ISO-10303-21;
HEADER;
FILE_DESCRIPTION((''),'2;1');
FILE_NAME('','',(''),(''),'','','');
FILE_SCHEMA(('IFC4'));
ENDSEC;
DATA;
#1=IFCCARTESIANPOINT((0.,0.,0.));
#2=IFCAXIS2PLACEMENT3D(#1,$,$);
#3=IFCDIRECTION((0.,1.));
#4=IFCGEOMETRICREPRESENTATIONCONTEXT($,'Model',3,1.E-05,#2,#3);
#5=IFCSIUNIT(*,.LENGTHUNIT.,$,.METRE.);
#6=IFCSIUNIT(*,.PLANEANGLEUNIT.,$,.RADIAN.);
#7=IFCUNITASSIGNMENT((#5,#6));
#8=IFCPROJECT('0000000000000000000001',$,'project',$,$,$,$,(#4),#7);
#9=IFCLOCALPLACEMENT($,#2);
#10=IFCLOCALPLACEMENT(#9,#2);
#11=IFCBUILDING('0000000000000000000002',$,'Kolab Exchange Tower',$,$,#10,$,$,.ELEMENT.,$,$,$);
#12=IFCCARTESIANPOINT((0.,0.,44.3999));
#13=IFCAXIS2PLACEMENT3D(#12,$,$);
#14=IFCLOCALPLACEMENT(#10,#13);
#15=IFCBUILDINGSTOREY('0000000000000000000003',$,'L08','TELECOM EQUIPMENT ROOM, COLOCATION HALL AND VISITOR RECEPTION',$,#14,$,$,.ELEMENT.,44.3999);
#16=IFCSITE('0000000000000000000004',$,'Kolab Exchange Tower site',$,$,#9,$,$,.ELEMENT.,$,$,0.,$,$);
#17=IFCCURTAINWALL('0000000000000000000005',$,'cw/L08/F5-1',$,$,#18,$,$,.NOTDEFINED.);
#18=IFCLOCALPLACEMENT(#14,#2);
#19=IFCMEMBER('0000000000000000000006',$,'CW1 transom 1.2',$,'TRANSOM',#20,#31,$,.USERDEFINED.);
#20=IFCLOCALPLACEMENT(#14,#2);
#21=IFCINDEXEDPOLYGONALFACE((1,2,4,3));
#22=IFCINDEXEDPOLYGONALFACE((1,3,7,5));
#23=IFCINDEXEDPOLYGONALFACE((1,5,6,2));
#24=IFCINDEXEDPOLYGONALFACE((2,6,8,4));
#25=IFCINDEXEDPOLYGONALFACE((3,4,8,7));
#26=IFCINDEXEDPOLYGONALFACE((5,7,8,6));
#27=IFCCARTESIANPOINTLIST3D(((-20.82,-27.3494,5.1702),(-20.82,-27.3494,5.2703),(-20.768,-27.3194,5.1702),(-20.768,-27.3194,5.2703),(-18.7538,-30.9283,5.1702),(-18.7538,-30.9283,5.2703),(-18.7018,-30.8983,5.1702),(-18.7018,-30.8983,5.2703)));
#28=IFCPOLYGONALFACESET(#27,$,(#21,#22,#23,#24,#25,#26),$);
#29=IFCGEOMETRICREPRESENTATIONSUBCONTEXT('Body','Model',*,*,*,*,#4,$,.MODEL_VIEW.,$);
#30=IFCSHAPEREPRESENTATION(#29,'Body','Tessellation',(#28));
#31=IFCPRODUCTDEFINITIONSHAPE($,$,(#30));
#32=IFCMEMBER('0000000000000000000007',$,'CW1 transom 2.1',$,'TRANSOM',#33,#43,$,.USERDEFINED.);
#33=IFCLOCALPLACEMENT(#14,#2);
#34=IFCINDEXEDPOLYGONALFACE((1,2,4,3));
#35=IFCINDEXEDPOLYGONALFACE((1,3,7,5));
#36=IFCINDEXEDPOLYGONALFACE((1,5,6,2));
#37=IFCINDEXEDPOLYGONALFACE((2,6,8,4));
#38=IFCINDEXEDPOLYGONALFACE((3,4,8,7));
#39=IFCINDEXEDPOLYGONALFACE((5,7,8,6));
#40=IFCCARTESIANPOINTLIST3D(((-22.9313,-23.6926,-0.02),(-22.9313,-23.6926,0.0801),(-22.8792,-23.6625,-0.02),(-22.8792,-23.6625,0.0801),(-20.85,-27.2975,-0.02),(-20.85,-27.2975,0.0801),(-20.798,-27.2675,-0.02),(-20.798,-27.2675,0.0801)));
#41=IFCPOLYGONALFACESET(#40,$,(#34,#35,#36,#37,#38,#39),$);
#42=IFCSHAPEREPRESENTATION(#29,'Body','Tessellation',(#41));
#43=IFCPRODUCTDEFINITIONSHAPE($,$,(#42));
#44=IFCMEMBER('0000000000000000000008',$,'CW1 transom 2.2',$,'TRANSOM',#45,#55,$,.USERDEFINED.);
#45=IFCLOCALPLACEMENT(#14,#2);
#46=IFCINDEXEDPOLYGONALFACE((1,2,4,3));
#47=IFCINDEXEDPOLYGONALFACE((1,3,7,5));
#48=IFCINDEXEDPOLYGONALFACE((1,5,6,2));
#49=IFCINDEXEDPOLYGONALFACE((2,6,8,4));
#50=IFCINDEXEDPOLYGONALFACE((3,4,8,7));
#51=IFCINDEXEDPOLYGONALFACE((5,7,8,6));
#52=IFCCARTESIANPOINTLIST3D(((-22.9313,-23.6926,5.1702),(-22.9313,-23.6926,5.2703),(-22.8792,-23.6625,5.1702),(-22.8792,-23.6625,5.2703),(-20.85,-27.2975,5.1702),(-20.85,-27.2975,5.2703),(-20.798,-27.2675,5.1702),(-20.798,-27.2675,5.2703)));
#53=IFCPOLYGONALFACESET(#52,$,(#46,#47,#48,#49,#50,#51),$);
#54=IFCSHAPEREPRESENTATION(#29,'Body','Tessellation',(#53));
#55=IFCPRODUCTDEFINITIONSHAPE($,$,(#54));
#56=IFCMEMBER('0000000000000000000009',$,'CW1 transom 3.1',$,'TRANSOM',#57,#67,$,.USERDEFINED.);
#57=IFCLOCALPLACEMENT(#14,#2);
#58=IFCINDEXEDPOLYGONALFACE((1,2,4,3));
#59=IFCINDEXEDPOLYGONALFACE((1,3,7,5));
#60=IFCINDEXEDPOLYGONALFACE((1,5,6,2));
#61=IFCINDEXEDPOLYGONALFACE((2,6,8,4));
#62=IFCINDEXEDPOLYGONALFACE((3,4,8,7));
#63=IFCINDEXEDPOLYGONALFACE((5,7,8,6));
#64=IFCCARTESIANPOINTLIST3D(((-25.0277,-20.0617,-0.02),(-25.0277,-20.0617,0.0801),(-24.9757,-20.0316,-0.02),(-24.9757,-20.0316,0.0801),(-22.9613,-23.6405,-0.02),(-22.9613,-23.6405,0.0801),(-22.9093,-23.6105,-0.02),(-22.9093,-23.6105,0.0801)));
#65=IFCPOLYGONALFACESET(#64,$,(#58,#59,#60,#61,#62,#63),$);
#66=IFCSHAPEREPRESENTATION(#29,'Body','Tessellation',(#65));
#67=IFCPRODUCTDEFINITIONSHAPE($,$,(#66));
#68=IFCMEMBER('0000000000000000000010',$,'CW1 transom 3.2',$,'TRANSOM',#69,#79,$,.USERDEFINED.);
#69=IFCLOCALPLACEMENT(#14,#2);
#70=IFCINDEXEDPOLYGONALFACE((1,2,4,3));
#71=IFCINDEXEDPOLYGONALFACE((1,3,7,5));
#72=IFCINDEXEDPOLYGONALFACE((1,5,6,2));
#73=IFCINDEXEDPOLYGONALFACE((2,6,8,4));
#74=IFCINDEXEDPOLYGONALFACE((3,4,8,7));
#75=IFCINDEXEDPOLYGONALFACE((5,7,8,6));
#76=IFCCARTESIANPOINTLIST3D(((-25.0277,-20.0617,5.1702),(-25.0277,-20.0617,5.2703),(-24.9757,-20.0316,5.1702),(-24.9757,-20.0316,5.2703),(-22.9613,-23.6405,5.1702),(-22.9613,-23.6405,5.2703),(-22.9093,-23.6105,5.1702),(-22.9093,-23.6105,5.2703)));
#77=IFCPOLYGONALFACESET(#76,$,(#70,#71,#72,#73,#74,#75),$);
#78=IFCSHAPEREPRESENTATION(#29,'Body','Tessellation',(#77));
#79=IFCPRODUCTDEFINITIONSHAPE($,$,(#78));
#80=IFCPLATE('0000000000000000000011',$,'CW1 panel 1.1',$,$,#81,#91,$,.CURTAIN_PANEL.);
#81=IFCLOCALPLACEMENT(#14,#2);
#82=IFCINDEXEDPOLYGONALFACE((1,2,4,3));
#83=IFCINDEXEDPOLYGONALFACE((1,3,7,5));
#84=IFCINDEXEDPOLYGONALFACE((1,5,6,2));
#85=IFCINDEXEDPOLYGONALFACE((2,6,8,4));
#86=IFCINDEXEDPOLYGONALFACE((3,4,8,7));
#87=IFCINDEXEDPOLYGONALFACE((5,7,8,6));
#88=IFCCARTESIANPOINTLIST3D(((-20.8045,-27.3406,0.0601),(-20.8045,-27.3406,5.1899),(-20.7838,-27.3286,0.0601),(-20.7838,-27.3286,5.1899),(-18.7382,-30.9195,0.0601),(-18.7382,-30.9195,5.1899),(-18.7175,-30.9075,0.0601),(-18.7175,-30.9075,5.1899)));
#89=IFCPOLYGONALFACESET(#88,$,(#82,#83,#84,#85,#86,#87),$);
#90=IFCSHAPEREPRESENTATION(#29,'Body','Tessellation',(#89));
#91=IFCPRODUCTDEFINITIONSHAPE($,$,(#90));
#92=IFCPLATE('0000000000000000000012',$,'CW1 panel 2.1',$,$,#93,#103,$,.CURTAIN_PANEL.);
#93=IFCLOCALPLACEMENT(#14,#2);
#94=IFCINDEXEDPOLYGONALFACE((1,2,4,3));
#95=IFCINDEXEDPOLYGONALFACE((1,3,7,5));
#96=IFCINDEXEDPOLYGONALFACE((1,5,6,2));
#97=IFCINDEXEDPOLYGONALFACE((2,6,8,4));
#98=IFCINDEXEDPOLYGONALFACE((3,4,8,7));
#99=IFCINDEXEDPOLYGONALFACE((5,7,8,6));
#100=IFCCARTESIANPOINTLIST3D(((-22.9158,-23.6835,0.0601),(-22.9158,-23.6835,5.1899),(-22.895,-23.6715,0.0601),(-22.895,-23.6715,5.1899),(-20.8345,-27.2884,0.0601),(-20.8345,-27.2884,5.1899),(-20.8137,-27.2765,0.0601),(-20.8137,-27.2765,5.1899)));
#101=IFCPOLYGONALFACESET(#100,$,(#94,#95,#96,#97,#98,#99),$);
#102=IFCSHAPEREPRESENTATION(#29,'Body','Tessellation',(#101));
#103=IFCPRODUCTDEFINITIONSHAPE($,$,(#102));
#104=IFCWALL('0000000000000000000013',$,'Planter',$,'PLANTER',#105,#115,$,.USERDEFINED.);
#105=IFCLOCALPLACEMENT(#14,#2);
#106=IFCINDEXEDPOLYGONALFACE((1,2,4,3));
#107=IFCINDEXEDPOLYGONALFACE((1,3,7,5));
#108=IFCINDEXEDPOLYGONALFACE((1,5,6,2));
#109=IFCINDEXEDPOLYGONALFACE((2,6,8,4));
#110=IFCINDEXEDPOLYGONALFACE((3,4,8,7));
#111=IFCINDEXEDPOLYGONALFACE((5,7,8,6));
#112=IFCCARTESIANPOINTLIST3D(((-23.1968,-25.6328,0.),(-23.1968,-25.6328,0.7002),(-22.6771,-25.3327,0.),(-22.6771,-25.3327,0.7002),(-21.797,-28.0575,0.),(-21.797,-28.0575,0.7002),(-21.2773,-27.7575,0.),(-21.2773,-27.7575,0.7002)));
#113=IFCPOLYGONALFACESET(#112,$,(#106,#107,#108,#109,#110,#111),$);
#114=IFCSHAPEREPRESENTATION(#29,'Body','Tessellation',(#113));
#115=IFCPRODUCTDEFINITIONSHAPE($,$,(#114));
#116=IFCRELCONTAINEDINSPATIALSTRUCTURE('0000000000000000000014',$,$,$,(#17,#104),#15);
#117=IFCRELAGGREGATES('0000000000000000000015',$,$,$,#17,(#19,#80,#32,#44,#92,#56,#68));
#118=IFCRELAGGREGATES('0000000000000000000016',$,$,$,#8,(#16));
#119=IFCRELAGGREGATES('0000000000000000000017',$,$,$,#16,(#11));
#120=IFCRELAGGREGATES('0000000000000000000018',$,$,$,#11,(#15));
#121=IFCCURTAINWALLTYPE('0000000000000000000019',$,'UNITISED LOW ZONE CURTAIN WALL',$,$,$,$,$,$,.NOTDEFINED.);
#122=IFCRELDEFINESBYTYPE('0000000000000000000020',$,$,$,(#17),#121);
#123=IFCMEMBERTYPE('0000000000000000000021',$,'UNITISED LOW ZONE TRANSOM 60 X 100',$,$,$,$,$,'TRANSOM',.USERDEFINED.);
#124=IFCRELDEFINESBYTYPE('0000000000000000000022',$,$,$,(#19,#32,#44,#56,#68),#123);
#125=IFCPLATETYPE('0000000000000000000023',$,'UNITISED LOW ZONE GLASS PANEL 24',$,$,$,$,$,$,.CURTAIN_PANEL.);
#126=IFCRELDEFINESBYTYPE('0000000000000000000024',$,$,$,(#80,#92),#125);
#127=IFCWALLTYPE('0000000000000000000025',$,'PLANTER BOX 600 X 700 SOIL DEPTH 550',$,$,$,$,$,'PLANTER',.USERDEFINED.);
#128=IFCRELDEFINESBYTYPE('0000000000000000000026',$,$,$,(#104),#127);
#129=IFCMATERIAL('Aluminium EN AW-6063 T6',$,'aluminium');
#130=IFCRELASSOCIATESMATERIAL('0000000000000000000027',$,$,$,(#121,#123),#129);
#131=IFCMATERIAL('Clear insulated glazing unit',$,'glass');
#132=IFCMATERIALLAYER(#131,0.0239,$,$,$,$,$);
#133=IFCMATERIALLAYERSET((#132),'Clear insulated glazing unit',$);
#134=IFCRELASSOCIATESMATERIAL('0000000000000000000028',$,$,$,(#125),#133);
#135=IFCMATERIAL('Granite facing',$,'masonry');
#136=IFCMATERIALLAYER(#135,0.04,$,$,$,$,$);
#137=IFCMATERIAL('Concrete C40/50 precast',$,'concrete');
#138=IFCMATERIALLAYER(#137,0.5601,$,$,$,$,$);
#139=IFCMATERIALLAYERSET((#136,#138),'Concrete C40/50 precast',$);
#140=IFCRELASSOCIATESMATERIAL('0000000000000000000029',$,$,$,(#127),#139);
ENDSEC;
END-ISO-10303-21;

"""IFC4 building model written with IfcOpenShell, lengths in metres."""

from ifc_helpers import new_model, si_unit, direction, frame, frame_2d, origin, origin_2d, place, context, subcontext, project, spatial, rectangle, extrude, material, layer, layer_set, material_profile, profile_set, type_object, element, aggregate, save


model = new_model("IFC4")

# Units and contexts
model_context = context("Model", 3, precision=1e-05, world=origin(), true_north=direction((0.0, 1.0)))
body_context = subcontext(model_context, "Body", "Model", "MODEL_VIEW")
ifc_project = project(units=[si_unit("LENGTHUNIT", "METRE"), si_unit("PLANEANGLEUNIT", "RADIAN")], contexts=[model_context])

# Site, building, storey
site_placement = place(None, origin())
site = spatial("IfcSite", under=ifc_project, at=site_placement, Name="Kolab Exchange Tower site", CompositionType="ELEMENT", RefElevation=0.0)
building_placement = place(site_placement, origin())
building = spatial("IfcBuilding", under=site, at=building_placement, Name="Kolab Exchange Tower", CompositionType="ELEMENT")
storey_placement = place(building_placement, frame((0.0, 0.0, 44.3999)))
storey = spatial("IfcBuildingStorey", under=building, at=storey_placement, Name="L08", Description="TELECOM EQUIPMENT ROOM, COLOCATION HALL AND VISITOR RECEPTION", CompositionType="ELEMENT", Elevation=44.3999)

# Curtain wall
ifc_material_1 = material(Name="Aluminium EN AW-6063 T6", Category="aluminium")
curtain_wall_type = type_object("IfcCurtainWallType", Name="UNITISED LOW ZONE CURTAIN WALL", PredefinedType="NOTDEFINED", material=ifc_material_1)
curtain_wall_1_placement = place(storey_placement, origin())
curtain_wall_1 = element("IfcCurtainWall", 1, at=curtain_wall_1_placement, inside=storey, type_object=curtain_wall_type, Name="cw/L08/F5-1", PredefinedType="NOTDEFINED")

# Members
ifc_material_profile_1 = material_profile(ifc_material_1, rectangle(XDim=0.0601, YDim=0.1001, at=origin_2d()), Name="RECT 60X100")
ifc_profile_set_1 = profile_set([ifc_material_profile_1], Name="Aluminium EN AW-6063 T6")
member_type_1 = type_object("IfcMemberType", Name="UNITISED LOW ZONE TRANSOM 60 X 100", ElementType="TRANSOM", PredefinedType="USERDEFINED", material=ifc_profile_set_1)
member_1_placement = place(storey_placement, frame((-18.7278, -30.9133, 5.2202), z_axis=(-0.499983, 0.866035, 0.0), x_axis=(-0.866035, -0.499983, 0.0)))
member_1 = element("IfcMember", 2, at=member_1_placement, type_object=member_type_1, Name="CW1 transom 1.2", ObjectType="TRANSOM", PredefinedType="USERDEFINED", context=body_context, shape_type="SweptSolid", body=[
    extrude(rectangle(XDim=0.0601, YDim=0.1001, at=origin_2d()), origin(), (0.0, 0.0, 1.0), 4.1326),
])
member_2_placement = place(storey_placement, frame((-20.824, -27.2825, 0.03), z_axis=(-0.499993, 0.866029, 0.0), x_axis=(-0.866029, -0.499993, 0.0)))
member_2 = element("IfcMember", 3, at=member_2_placement, type_object=member_type_1, Name="CW1 transom 2.1", ObjectType="TRANSOM", PredefinedType="USERDEFINED", context=body_context, shape_type="SweptSolid", body=[
    extrude(rectangle(XDim=0.0601, YDim=0.1001, at=origin_2d()), origin(), (0.0, 0.0, 1.0), 4.1626),
])
member_3_placement = place(storey_placement, frame((-20.824, -27.2825, 5.2202), z_axis=(-0.499993, 0.866029, 0.0), x_axis=(-0.866029, -0.499993, 0.0)))
member_3 = element("IfcMember", 4, at=member_3_placement, type_object=member_type_1, Name="CW1 transom 2.2", ObjectType="TRANSOM", PredefinedType="USERDEFINED", context=body_context, shape_type="SweptSolid", body=[
    extrude(rectangle(XDim=0.0601, YDim=0.1001, at=origin_2d()), origin(), (0.0, 0.0, 1.0), 4.1626),
])
member_4_placement = place(storey_placement, frame((-22.9353, -23.6255, 0.03), z_axis=(-0.500028, 0.866009, 0.0), x_axis=(-0.866009, -0.500028, 0.0)))
member_4 = element("IfcMember", 5, at=member_4_placement, type_object=member_type_1, Name="CW1 transom 3.1", ObjectType="TRANSOM", PredefinedType="USERDEFINED", context=body_context, shape_type="SweptSolid", body=[
    extrude(rectangle(XDim=0.0601, YDim=0.1001, at=origin_2d()), origin(), (0.0, 0.0, 1.0), 4.1326),
])
member_5_placement = place(storey_placement, frame((-22.9353, -23.6255, 5.2202), z_axis=(-0.500028, 0.866009, 0.0), x_axis=(-0.866009, -0.500028, 0.0)))
member_5 = element("IfcMember", 6, at=member_5_placement, type_object=member_type_1, Name="CW1 transom 3.2", ObjectType="TRANSOM", PredefinedType="USERDEFINED", context=body_context, shape_type="SweptSolid", body=[
    extrude(rectangle(XDim=0.0601, YDim=0.1001, at=origin_2d()), origin(), (0.0, 0.0, 1.0), 4.1326),
])

# Plates
ifc_material_2 = material(Name="Clear insulated glazing unit", Category="glass")
ifc_layer_1 = layer(ifc_material_2, 0.0239)
ifc_layer_set_1 = layer_set([ifc_layer_1], Name="Clear insulated glazing unit")
plate_type = type_object("IfcPlateType", Name="UNITISED LOW ZONE GLASS PANEL 24", PredefinedType="CURTAIN_PANEL", material=ifc_layer_set_1)
plate_1_placement = place(storey_placement, frame((-19.761, -29.124, 0.0601), z_axis=(0.0, 0.0, 1.0), x_axis=(-0.5, 0.866025, 0.0)))
plate_1 = element("IfcPlate", 7, at=plate_1_placement, type_object=plate_type, Name="CW1 panel 1.1", PredefinedType="CURTAIN_PANEL", context=body_context, shape_type="SweptSolid", body=[
    extrude(rectangle(XDim=4.1326, YDim=0.0239, at=origin_2d()), origin(), (0.0, 0.0, 1.0), 5.1299),
])
plate_2_placement = place(storey_placement, frame((-21.8647, -25.48, 0.0601), z_axis=(0.0, 0.0, 1.0), x_axis=(-0.5, 0.866025, 0.0)))
plate_2 = element("IfcPlate", 8, at=plate_2_placement, type_object=plate_type, Name="CW1 panel 2.1", PredefinedType="CURTAIN_PANEL", context=body_context, shape_type="SweptSolid", body=[
    extrude(rectangle(XDim=4.1626, YDim=0.0239, at=origin_2d()), origin(), (0.0, 0.0, 1.0), 5.1299),
])
aggregate(curtain_wall_1, [member_1, plate_1, member_2, member_3, plate_2, member_4, member_5])

# Wall
ifc_material_3 = material(Name="Granite facing", Category="masonry")
ifc_layer_2 = layer(ifc_material_3, 0.04)
ifc_material_4 = material(Name="Concrete C40/50 precast", Category="concrete")
ifc_layer_3 = layer(ifc_material_4, 0.5601)
ifc_layer_set_2 = layer_set([ifc_layer_2, ifc_layer_3], Name="Concrete C40/50 precast")
wall_type = type_object("IfcWallType", Name="PLANTER BOX 600 X 700 SOIL DEPTH 550", ElementType="PLANTER", PredefinedType="USERDEFINED", material=ifc_layer_set_2)
wall_placement = place(storey_placement, frame((-21.5371, -27.9075, 0.0), z_axis=(0.0, 0.0, 1.0), x_axis=(-0.499984, 0.866035, 0.0)))
element("IfcWall", 9, at=wall_placement, inside=storey, type_object=wall_type, Name="Planter", ObjectType="PLANTER", PredefinedType="USERDEFINED", context=body_context, shape_type="SweptSolid", body=[
    extrude(rectangle(XDim=2.7998, YDim=0.6001, at=frame_2d((1.3999, 0.0))), origin(), (0.0, 0.0, 1.0), 0.7002),
])

save(model, "model.ifc")
